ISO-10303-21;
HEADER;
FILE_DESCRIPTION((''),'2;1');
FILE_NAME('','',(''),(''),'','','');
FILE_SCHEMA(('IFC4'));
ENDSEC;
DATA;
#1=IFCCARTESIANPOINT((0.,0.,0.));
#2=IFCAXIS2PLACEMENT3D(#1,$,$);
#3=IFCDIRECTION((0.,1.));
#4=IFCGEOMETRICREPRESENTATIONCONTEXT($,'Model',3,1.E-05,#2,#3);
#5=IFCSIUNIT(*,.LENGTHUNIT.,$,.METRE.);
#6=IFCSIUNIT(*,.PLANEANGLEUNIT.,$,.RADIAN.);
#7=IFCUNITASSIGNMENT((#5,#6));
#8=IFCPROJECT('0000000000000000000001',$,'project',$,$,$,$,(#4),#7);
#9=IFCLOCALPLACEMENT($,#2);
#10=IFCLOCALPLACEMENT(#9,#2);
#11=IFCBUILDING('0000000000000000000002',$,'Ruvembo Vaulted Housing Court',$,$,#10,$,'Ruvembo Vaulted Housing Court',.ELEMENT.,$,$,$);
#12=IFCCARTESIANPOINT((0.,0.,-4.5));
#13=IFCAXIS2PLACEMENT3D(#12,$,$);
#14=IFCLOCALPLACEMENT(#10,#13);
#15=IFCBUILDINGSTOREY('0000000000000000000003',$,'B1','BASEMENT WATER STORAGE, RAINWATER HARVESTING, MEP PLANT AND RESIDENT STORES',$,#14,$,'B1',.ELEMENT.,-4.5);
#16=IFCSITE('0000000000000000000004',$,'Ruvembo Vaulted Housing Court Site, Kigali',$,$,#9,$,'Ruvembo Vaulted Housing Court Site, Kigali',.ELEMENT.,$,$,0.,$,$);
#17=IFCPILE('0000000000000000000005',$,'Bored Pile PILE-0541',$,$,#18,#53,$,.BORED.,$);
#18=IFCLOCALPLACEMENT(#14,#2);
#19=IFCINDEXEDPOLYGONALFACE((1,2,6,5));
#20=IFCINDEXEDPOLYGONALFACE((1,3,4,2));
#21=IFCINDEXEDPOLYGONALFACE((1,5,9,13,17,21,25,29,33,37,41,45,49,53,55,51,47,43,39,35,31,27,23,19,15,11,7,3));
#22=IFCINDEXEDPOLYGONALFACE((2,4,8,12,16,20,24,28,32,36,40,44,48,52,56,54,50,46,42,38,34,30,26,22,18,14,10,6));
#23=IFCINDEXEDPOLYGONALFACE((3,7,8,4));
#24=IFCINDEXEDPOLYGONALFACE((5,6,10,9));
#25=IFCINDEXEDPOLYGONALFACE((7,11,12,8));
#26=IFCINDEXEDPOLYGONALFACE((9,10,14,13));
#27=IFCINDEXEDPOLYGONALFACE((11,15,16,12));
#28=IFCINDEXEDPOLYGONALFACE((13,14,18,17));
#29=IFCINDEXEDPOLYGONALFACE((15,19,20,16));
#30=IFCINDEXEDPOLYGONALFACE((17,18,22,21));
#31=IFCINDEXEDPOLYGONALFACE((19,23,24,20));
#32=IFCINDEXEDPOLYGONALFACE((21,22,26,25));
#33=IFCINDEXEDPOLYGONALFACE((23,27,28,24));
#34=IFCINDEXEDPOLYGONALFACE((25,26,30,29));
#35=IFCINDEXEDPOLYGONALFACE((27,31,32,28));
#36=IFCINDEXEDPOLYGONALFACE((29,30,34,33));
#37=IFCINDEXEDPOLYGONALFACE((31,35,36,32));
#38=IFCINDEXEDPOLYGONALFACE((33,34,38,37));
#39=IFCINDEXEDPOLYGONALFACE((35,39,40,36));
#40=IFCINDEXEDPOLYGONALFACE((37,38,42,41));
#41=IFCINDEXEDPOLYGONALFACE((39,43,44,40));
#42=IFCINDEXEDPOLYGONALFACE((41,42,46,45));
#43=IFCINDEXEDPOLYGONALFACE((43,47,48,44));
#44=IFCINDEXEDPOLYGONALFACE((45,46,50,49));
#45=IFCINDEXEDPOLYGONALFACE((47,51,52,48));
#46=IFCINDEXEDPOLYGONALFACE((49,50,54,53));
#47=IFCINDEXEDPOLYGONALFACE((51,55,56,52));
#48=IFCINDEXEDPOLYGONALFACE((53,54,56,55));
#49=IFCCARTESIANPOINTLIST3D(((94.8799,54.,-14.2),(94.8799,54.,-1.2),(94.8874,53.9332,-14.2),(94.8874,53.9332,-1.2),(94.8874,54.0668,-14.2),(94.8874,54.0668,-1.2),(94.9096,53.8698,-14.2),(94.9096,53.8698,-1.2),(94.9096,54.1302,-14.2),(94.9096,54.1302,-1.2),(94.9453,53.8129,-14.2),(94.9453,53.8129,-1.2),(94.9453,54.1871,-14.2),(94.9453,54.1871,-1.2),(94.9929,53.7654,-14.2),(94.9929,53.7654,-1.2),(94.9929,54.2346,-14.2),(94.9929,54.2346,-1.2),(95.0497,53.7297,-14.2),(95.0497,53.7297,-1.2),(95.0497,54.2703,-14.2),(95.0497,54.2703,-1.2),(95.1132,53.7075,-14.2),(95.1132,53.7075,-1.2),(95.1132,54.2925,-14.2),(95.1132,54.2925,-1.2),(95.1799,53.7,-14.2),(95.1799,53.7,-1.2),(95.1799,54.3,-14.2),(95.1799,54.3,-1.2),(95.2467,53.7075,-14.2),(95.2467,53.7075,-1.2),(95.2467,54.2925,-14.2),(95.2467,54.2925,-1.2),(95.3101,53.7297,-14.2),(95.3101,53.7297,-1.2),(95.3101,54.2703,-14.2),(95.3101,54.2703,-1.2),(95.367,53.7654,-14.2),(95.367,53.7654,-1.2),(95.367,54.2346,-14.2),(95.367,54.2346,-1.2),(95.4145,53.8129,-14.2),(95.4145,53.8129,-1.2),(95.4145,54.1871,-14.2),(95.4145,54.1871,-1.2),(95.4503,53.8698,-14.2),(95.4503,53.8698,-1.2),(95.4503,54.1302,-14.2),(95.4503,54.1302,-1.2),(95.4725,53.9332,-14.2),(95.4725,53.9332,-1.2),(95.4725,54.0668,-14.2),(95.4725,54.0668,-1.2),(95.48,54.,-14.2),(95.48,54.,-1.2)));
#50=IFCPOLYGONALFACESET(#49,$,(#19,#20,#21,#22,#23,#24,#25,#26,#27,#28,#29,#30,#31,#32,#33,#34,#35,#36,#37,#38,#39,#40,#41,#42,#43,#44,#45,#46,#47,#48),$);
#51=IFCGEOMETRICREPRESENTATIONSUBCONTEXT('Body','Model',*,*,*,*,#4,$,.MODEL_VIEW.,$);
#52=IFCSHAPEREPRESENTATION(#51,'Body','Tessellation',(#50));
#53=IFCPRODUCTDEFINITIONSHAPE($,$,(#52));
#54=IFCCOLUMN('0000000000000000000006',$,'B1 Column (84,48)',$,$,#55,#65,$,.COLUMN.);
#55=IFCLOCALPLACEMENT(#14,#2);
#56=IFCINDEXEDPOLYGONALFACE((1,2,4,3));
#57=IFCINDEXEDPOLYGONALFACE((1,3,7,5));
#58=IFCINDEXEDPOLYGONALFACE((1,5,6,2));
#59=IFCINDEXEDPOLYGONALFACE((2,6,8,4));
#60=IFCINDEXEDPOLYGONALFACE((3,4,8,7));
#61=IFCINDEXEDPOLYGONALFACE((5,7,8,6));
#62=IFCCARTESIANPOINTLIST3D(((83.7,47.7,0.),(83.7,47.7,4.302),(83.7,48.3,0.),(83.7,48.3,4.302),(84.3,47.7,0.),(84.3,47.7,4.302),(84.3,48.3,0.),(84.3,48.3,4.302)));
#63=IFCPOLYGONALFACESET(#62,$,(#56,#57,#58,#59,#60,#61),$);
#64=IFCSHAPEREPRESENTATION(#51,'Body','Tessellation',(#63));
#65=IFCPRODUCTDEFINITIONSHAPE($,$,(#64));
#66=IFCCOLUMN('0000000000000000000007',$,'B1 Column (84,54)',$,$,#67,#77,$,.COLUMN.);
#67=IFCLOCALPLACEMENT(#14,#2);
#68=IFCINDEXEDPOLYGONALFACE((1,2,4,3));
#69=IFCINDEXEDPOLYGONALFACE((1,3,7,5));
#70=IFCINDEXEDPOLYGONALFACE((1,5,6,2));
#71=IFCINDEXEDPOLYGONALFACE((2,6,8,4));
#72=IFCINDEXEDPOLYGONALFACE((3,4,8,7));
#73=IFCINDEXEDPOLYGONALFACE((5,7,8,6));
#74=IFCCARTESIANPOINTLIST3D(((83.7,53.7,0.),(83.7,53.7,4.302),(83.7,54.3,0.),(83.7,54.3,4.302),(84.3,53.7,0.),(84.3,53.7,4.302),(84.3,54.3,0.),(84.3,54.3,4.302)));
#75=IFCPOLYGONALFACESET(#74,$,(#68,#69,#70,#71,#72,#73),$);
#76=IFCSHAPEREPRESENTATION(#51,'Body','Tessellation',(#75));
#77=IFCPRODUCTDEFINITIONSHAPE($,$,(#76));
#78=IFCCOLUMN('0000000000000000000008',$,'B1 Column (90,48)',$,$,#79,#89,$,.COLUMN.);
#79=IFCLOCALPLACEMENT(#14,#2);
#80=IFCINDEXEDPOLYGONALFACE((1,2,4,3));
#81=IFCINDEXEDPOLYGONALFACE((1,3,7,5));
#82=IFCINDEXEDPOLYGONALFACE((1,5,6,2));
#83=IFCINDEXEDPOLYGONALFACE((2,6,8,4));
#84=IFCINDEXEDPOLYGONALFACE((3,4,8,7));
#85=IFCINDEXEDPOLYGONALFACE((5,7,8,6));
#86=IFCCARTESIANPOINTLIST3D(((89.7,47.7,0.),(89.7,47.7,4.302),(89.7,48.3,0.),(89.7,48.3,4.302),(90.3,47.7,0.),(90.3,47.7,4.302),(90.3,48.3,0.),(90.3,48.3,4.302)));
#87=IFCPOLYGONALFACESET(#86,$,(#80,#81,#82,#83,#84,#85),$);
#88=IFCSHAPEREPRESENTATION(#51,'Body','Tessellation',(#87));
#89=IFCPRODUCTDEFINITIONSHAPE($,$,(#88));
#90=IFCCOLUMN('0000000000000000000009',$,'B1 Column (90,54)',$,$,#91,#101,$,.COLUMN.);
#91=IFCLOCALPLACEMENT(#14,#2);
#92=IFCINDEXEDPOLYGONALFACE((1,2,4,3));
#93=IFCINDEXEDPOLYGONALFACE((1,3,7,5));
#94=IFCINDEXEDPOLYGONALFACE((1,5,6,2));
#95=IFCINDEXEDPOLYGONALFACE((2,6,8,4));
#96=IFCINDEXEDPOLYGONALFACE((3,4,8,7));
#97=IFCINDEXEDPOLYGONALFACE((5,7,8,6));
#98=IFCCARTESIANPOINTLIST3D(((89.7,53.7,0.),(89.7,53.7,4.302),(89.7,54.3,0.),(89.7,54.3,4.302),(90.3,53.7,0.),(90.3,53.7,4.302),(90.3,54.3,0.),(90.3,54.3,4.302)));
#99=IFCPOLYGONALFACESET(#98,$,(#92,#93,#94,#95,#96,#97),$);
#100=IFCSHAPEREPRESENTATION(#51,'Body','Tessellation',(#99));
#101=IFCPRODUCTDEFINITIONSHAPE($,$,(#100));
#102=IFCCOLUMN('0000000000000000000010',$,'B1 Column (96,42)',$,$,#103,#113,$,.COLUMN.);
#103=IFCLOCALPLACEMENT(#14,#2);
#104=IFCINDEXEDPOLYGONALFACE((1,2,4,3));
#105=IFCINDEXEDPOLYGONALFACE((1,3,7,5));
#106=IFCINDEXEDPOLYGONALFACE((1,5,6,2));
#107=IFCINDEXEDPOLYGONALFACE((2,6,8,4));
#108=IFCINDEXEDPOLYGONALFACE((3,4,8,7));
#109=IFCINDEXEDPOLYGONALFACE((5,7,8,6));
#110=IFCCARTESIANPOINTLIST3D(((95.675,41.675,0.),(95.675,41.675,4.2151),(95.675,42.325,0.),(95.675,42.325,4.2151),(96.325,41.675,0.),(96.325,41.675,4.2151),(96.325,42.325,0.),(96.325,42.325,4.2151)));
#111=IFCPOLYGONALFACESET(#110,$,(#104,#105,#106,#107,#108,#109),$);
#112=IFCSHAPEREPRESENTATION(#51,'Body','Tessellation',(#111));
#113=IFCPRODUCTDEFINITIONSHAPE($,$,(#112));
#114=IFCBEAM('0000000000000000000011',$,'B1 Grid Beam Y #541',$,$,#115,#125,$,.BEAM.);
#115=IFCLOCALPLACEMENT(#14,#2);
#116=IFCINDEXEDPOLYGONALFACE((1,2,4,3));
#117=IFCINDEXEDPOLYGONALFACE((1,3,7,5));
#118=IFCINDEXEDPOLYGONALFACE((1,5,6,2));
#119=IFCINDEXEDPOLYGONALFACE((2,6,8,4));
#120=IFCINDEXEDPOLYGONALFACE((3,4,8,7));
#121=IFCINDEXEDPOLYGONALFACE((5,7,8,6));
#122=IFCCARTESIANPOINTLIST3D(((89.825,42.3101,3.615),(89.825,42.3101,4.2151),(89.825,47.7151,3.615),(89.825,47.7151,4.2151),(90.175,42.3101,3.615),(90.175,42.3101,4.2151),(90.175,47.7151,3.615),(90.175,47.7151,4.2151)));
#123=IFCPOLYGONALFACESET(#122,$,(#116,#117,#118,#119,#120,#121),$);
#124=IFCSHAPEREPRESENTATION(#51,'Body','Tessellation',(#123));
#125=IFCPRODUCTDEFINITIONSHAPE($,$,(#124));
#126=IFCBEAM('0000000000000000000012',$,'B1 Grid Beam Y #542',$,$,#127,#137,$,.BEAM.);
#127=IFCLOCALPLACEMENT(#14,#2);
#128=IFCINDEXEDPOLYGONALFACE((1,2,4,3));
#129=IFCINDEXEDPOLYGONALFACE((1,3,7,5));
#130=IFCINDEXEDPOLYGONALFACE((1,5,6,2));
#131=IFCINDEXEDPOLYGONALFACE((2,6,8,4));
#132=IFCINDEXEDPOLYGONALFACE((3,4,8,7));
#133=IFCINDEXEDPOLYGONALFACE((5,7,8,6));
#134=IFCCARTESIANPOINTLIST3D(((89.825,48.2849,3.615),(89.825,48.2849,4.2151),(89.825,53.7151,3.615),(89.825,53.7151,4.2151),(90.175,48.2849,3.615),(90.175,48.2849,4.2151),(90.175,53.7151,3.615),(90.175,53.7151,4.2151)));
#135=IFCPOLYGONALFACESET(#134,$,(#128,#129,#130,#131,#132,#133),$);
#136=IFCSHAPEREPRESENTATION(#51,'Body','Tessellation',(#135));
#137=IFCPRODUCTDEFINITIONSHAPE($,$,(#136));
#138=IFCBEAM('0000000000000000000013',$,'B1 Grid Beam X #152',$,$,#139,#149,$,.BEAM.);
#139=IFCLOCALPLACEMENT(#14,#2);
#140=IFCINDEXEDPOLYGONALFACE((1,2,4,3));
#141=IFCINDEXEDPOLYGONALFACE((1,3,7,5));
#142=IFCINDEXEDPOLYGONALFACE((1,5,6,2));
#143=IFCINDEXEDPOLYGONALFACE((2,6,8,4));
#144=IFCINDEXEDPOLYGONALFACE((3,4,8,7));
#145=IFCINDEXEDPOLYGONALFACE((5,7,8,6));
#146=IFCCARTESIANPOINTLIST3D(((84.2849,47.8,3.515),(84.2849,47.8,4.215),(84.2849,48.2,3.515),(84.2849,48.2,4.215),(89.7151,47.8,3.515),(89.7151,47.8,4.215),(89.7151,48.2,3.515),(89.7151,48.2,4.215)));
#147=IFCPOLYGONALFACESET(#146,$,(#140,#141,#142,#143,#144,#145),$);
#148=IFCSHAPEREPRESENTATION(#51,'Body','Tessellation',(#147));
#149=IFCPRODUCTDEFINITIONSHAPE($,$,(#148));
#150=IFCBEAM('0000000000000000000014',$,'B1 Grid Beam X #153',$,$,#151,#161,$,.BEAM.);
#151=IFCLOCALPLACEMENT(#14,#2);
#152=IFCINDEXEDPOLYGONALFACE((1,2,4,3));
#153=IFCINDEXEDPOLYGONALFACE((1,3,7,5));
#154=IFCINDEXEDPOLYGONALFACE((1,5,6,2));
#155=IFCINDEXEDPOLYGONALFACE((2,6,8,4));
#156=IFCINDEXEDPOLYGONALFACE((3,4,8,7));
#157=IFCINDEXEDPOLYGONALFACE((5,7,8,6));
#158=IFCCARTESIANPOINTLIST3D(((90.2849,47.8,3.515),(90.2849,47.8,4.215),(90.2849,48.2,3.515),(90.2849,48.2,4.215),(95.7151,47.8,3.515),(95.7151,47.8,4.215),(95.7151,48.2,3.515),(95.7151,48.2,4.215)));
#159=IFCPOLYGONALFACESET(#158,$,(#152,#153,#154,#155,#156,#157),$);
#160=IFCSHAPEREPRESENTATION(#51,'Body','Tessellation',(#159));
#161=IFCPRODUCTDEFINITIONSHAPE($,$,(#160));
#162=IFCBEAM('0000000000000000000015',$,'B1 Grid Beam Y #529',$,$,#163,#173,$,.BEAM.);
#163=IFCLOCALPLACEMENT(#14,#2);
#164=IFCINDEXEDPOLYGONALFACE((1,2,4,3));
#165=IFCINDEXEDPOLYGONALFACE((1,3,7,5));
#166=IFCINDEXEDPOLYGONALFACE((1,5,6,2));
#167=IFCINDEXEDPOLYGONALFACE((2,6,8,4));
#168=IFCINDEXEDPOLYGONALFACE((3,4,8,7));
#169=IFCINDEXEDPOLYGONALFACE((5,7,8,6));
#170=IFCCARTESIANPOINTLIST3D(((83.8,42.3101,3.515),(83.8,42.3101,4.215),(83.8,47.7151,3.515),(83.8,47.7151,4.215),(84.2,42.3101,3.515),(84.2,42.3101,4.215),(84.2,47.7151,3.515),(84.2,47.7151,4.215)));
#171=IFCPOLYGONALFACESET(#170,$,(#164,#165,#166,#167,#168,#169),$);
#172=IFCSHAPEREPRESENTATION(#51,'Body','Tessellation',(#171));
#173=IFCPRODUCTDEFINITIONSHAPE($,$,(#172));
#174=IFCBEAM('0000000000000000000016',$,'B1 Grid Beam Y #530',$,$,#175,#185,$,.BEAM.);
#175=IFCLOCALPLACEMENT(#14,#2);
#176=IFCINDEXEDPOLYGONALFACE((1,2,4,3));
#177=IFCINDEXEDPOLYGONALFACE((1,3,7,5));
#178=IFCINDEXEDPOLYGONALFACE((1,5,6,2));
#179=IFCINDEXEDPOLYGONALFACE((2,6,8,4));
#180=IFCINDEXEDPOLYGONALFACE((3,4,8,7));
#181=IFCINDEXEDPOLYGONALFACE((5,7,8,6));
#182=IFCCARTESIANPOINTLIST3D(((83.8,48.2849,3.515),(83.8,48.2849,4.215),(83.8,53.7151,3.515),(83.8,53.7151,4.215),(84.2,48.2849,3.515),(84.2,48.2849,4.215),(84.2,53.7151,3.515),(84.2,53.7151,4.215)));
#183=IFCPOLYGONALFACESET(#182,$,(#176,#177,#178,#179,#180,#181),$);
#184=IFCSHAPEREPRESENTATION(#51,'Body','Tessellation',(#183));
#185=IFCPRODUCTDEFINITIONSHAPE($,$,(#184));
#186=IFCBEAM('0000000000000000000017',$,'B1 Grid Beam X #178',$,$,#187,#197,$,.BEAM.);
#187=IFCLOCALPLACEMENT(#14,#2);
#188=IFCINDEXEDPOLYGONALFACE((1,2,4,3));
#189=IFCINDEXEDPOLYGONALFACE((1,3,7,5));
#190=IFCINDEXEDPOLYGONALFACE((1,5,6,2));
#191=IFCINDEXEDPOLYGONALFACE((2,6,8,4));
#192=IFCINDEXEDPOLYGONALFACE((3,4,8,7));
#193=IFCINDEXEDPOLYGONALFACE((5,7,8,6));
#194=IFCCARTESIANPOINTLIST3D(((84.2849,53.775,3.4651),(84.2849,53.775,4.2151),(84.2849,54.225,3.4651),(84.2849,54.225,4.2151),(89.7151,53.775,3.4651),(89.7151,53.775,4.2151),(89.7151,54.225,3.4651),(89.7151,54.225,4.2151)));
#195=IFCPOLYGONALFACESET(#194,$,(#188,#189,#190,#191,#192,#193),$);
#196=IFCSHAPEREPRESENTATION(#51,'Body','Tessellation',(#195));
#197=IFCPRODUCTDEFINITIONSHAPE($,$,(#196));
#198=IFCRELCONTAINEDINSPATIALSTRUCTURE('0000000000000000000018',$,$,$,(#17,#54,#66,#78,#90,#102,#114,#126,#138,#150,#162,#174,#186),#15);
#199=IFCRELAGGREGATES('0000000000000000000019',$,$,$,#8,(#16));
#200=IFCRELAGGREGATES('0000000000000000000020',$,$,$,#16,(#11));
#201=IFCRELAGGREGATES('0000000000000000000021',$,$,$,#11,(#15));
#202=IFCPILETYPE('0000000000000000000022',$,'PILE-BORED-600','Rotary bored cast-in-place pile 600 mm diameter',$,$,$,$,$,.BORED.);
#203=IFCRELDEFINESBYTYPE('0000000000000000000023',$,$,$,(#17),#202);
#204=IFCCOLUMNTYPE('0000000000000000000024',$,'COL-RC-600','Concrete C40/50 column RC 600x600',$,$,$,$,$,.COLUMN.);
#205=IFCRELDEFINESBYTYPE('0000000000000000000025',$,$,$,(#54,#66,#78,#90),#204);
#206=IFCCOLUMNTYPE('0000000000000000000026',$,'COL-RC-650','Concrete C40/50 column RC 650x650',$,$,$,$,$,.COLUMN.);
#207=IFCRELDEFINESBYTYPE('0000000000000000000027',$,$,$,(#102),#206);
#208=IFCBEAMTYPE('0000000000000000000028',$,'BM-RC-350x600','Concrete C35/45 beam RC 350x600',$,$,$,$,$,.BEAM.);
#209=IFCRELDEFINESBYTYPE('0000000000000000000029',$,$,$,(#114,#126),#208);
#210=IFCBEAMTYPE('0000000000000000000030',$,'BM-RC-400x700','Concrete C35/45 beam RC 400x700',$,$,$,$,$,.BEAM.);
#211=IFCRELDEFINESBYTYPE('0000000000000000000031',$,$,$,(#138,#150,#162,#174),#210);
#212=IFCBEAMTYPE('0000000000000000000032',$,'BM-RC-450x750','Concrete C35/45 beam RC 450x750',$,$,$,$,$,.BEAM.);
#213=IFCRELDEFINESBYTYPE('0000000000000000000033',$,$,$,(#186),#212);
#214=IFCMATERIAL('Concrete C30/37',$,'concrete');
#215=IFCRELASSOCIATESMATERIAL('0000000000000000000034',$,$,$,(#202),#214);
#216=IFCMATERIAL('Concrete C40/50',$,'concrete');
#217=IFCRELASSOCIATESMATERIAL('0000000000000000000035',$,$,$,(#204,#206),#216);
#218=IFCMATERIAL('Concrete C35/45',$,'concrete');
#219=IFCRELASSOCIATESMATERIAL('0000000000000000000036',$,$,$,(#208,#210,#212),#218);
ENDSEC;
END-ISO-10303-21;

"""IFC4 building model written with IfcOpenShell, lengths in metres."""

from ifc_helpers import new_model, si_unit, direction, frame, origin, origin_2d, place, context, subcontext, project, spatial, rectangle, circle, extrude, material, material_profile, profile_set, type_object, element, save


model = new_model("IFC4")

# Units and contexts
model_context = context("Model", 3, precision=1e-05, world=origin(), true_north=direction((0.0, 1.0)))
body_context = subcontext(model_context, "Body", "Model", "MODEL_VIEW")
ifc_project = project(units=[si_unit("LENGTHUNIT", "METRE"), si_unit("PLANEANGLEUNIT", "RADIAN")], contexts=[model_context])

# Site, building, storey
site_placement = place(None, origin())
site = spatial("IfcSite", under=ifc_project, at=site_placement, Name="Ruvembo Vaulted Housing Court Site, Kigali", LongName="Ruvembo Vaulted Housing Court Site, Kigali", CompositionType="ELEMENT", RefElevation=0.0)
building_placement = place(site_placement, origin())
building = spatial("IfcBuilding", under=site, at=building_placement, Name="Ruvembo Vaulted Housing Court", LongName="Ruvembo Vaulted Housing Court", CompositionType="ELEMENT")
storey_placement = place(building_placement, frame((0.0, 0.0, -4.5)))
storey = spatial("IfcBuildingStorey", under=building, at=storey_placement, Name="B1", Description="BASEMENT WATER STORAGE, RAINWATER HARVESTING, MEP PLANT AND RESIDENT STORES", LongName="B1", CompositionType="ELEMENT", Elevation=-4.5)

# Shared definitions
ifc_material_1 = material(Name="Concrete C35/45", Category="concrete")

# Pile
ifc_material_2 = material(Name="Concrete C30/37", Category="concrete")
ifc_material_profile_1 = material_profile(ifc_material_2, circle(Radius=0.3, at=origin_2d()), Name="PILE D600")
ifc_profile_set_1 = profile_set([ifc_material_profile_1], Name="Concrete C30/37")
pile_type = type_object("IfcPileType", Name="PILE-BORED-600", Description="Rotary bored cast-in-place pile 600 mm diameter", PredefinedType="BORED", material=ifc_profile_set_1)
for number, where, z_axis, x_axis, name in (
    (1, (95.1799, 54.0, -1.2), (0.0, 0.0, -1.0), (1.0, 0.0, 0.0), "Bored Pile PILE-0541"),
):
    element("IfcPile", number, at=place(storey_placement, frame(where, z_axis=z_axis, x_axis=x_axis)), inside=storey, type_object=pile_type, Name=name, PredefinedType="BORED", context=body_context, shape_type="SweptSolid", body=[
        extrude(circle(Radius=0.3, at=origin_2d()), origin(), (0.0, 0.0, 1.0), 13.0),
    ])

# Columns
ifc_material_3 = material(Name="Concrete C40/50", Category="concrete")
ifc_material_profile_2 = material_profile(ifc_material_3, rectangle(XDim=0.6001, YDim=0.6001, at=origin_2d()), Name="RC 600x600")
ifc_profile_set_2 = profile_set([ifc_material_profile_2], Name="Concrete C40/50")
column_type_1 = type_object("IfcColumnType", Name="COL-RC-600", Description="Concrete C40/50 column RC 600x600", PredefinedType="COLUMN", material=ifc_profile_set_2)
for number, where, z_axis, x_axis, name in (
    (2, (84.0, 48.0, 0.0), (0.0, 0.0, 1.0), (1.0, 0.0, 0.0), "B1 Column (84,48)"),
    (3, (84.0, 54.0, 0.0), (0.0, 0.0, 1.0), (1.0, 0.0, 0.0), "B1 Column (84,54)"),
    (4, (90.0, 48.0, 0.0), (0.0, 0.0, 1.0), (1.0, 0.0, 0.0), "B1 Column (90,48)"),
    (5, (90.0, 54.0, 0.0), (0.0, 0.0, 1.0), (1.0, 0.0, 0.0), "B1 Column (90,54)"),
):
    element("IfcColumn", number, at=place(storey_placement, frame(where, z_axis=z_axis, x_axis=x_axis)), inside=storey, type_object=column_type_1, Name=name, PredefinedType="COLUMN", context=body_context, shape_type="SweptSolid", body=[
        extrude(rectangle(XDim=0.6001, YDim=0.6001, at=origin_2d()), origin(), (0.0, 0.0, 1.0), 4.302),
    ])
ifc_material_profile_3 = material_profile(ifc_material_3, rectangle(XDim=0.6499, YDim=0.6499, at=origin_2d()), Name="RC 650x650")
ifc_profile_set_3 = profile_set([ifc_material_profile_3], Name="Concrete C40/50")
column_type_2 = type_object("IfcColumnType", Name="COL-RC-650", Description="Concrete C40/50 column RC 650x650", PredefinedType="COLUMN", material=ifc_profile_set_3)
column_placement = place(storey_placement, frame((96.0, 42.0, 0.0), z_axis=(0.0, 0.0, 1.0), x_axis=(1.0, 0.0, 0.0)))
element("IfcColumn", 6, at=column_placement, inside=storey, type_object=column_type_2, Name="B1 Column (96,42)", PredefinedType="COLUMN", context=body_context, shape_type="SweptSolid", body=[
    extrude(rectangle(XDim=0.6499, YDim=0.6499, at=origin_2d()), origin(), (0.0, 0.0, 1.0), 4.2151),
])

# Beams
ifc_material_profile_4 = material_profile(ifc_material_1, rectangle(XDim=0.3501, YDim=0.6001, at=origin_2d()), Name="RC 350x600")
ifc_profile_set_4 = profile_set([ifc_material_profile_4], Name="Concrete C35/45")
beam_type_1 = type_object("IfcBeamType", Name="BM-RC-350x600", Description="Concrete C35/45 beam RC 350x600", PredefinedType="BEAM", material=ifc_profile_set_4)
beam_1_placement = place(storey_placement, frame((90.0, 42.3101, 3.915), z_axis=(0.0, 1.0, 0.0), x_axis=(-1.0, 0.0, 0.0)))
element("IfcBeam", 7, at=beam_1_placement, inside=storey, type_object=beam_type_1, Name="B1 Grid Beam Y #541", PredefinedType="BEAM", context=body_context, shape_type="SweptSolid", body=[
    extrude(rectangle(XDim=0.3501, YDim=0.6001, at=origin_2d()), origin(), (0.0, 0.0, 1.0), 5.405),
])
beam_2_placement = place(storey_placement, frame((90.0, 48.2849, 3.915), z_axis=(0.0, 1.0, 0.0), x_axis=(-1.0, 0.0, 0.0)))
element("IfcBeam", 8, at=beam_2_placement, inside=storey, type_object=beam_type_1, Name="B1 Grid Beam Y #542", PredefinedType="BEAM", context=body_context, shape_type="SweptSolid", body=[
    extrude(rectangle(XDim=0.3501, YDim=0.6001, at=origin_2d()), origin(), (0.0, 0.0, 1.0), 5.4302),
])
ifc_material_profile_5 = material_profile(ifc_material_1, rectangle(XDim=0.3999, YDim=0.7, at=origin_2d()), Name="RC 400x700")
ifc_profile_set_5 = profile_set([ifc_material_profile_5], Name="Concrete C35/45")
beam_type_2 = type_object("IfcBeamType", Name="BM-RC-400x700", Description="Concrete C35/45 beam RC 400x700", PredefinedType="BEAM", material=ifc_profile_set_5)
for number, where, z_axis, x_axis, name in (
    (9, (84.2849, 48.0, 3.865), (1.0, 0.0, 0.0), (0.0, 1.0, 0.0), "B1 Grid Beam X #152"),
    (10, (90.2849, 48.0, 3.865), (1.0, 0.0, 0.0), (0.0, 1.0, 0.0), "B1 Grid Beam X #153"),
):
    element("IfcBeam", number, at=place(storey_placement, frame(where, z_axis=z_axis, x_axis=x_axis)), inside=storey, type_object=beam_type_2, Name=name, PredefinedType="BEAM", context=body_context, shape_type="SweptSolid", body=[
        extrude(rectangle(XDim=0.3999, YDim=0.7, at=origin_2d()), origin(), (0.0, 0.0, 1.0), 5.4302),
    ])
beam_3_placement = place(storey_placement, frame((84.0, 42.3101, 3.865), z_axis=(0.0, 1.0, 0.0), x_axis=(-1.0, 0.0, 0.0)))
element("IfcBeam", 11, at=beam_3_placement, inside=storey, type_object=beam_type_2, Name="B1 Grid Beam Y #529", PredefinedType="BEAM", context=body_context, shape_type="SweptSolid", body=[
    extrude(rectangle(XDim=0.3999, YDim=0.7, at=origin_2d()), origin(), (0.0, 0.0, 1.0), 5.405),
])
beam_4_placement = place(storey_placement, frame((84.0, 48.2849, 3.865), z_axis=(0.0, 1.0, 0.0), x_axis=(-1.0, 0.0, 0.0)))
element("IfcBeam", 12, at=beam_4_placement, inside=storey, type_object=beam_type_2, Name="B1 Grid Beam Y #530", PredefinedType="BEAM", context=body_context, shape_type="SweptSolid", body=[
    extrude(rectangle(XDim=0.3999, YDim=0.7, at=origin_2d()), origin(), (0.0, 0.0, 1.0), 5.4302),
])
ifc_material_profile_6 = material_profile(ifc_material_1, rectangle(XDim=0.45, YDim=0.75, at=origin_2d()), Name="RC 450x750")
ifc_profile_set_6 = profile_set([ifc_material_profile_6], Name="Concrete C35/45")
beam_type_3 = type_object("IfcBeamType", Name="BM-RC-450x750", Description="Concrete C35/45 beam RC 450x750", PredefinedType="BEAM", material=ifc_profile_set_6)
for number, where, z_axis, x_axis, name in (
    (13, (84.2849, 54.0, 3.8401), (1.0, 0.0, 0.0), (0.0, 1.0, 0.0), "B1 Grid Beam X #178"),
):
    element("IfcBeam", number, at=place(storey_placement, frame(where, z_axis=z_axis, x_axis=x_axis)), inside=storey, type_object=beam_type_3, Name=name, PredefinedType="BEAM", context=body_context, shape_type="SweptSolid", body=[
        extrude(rectangle(XDim=0.45, YDim=0.75, at=origin_2d()), origin(), (0.0, 0.0, 1.0), 5.4302),
    ])

save(model, "model.ifc")
